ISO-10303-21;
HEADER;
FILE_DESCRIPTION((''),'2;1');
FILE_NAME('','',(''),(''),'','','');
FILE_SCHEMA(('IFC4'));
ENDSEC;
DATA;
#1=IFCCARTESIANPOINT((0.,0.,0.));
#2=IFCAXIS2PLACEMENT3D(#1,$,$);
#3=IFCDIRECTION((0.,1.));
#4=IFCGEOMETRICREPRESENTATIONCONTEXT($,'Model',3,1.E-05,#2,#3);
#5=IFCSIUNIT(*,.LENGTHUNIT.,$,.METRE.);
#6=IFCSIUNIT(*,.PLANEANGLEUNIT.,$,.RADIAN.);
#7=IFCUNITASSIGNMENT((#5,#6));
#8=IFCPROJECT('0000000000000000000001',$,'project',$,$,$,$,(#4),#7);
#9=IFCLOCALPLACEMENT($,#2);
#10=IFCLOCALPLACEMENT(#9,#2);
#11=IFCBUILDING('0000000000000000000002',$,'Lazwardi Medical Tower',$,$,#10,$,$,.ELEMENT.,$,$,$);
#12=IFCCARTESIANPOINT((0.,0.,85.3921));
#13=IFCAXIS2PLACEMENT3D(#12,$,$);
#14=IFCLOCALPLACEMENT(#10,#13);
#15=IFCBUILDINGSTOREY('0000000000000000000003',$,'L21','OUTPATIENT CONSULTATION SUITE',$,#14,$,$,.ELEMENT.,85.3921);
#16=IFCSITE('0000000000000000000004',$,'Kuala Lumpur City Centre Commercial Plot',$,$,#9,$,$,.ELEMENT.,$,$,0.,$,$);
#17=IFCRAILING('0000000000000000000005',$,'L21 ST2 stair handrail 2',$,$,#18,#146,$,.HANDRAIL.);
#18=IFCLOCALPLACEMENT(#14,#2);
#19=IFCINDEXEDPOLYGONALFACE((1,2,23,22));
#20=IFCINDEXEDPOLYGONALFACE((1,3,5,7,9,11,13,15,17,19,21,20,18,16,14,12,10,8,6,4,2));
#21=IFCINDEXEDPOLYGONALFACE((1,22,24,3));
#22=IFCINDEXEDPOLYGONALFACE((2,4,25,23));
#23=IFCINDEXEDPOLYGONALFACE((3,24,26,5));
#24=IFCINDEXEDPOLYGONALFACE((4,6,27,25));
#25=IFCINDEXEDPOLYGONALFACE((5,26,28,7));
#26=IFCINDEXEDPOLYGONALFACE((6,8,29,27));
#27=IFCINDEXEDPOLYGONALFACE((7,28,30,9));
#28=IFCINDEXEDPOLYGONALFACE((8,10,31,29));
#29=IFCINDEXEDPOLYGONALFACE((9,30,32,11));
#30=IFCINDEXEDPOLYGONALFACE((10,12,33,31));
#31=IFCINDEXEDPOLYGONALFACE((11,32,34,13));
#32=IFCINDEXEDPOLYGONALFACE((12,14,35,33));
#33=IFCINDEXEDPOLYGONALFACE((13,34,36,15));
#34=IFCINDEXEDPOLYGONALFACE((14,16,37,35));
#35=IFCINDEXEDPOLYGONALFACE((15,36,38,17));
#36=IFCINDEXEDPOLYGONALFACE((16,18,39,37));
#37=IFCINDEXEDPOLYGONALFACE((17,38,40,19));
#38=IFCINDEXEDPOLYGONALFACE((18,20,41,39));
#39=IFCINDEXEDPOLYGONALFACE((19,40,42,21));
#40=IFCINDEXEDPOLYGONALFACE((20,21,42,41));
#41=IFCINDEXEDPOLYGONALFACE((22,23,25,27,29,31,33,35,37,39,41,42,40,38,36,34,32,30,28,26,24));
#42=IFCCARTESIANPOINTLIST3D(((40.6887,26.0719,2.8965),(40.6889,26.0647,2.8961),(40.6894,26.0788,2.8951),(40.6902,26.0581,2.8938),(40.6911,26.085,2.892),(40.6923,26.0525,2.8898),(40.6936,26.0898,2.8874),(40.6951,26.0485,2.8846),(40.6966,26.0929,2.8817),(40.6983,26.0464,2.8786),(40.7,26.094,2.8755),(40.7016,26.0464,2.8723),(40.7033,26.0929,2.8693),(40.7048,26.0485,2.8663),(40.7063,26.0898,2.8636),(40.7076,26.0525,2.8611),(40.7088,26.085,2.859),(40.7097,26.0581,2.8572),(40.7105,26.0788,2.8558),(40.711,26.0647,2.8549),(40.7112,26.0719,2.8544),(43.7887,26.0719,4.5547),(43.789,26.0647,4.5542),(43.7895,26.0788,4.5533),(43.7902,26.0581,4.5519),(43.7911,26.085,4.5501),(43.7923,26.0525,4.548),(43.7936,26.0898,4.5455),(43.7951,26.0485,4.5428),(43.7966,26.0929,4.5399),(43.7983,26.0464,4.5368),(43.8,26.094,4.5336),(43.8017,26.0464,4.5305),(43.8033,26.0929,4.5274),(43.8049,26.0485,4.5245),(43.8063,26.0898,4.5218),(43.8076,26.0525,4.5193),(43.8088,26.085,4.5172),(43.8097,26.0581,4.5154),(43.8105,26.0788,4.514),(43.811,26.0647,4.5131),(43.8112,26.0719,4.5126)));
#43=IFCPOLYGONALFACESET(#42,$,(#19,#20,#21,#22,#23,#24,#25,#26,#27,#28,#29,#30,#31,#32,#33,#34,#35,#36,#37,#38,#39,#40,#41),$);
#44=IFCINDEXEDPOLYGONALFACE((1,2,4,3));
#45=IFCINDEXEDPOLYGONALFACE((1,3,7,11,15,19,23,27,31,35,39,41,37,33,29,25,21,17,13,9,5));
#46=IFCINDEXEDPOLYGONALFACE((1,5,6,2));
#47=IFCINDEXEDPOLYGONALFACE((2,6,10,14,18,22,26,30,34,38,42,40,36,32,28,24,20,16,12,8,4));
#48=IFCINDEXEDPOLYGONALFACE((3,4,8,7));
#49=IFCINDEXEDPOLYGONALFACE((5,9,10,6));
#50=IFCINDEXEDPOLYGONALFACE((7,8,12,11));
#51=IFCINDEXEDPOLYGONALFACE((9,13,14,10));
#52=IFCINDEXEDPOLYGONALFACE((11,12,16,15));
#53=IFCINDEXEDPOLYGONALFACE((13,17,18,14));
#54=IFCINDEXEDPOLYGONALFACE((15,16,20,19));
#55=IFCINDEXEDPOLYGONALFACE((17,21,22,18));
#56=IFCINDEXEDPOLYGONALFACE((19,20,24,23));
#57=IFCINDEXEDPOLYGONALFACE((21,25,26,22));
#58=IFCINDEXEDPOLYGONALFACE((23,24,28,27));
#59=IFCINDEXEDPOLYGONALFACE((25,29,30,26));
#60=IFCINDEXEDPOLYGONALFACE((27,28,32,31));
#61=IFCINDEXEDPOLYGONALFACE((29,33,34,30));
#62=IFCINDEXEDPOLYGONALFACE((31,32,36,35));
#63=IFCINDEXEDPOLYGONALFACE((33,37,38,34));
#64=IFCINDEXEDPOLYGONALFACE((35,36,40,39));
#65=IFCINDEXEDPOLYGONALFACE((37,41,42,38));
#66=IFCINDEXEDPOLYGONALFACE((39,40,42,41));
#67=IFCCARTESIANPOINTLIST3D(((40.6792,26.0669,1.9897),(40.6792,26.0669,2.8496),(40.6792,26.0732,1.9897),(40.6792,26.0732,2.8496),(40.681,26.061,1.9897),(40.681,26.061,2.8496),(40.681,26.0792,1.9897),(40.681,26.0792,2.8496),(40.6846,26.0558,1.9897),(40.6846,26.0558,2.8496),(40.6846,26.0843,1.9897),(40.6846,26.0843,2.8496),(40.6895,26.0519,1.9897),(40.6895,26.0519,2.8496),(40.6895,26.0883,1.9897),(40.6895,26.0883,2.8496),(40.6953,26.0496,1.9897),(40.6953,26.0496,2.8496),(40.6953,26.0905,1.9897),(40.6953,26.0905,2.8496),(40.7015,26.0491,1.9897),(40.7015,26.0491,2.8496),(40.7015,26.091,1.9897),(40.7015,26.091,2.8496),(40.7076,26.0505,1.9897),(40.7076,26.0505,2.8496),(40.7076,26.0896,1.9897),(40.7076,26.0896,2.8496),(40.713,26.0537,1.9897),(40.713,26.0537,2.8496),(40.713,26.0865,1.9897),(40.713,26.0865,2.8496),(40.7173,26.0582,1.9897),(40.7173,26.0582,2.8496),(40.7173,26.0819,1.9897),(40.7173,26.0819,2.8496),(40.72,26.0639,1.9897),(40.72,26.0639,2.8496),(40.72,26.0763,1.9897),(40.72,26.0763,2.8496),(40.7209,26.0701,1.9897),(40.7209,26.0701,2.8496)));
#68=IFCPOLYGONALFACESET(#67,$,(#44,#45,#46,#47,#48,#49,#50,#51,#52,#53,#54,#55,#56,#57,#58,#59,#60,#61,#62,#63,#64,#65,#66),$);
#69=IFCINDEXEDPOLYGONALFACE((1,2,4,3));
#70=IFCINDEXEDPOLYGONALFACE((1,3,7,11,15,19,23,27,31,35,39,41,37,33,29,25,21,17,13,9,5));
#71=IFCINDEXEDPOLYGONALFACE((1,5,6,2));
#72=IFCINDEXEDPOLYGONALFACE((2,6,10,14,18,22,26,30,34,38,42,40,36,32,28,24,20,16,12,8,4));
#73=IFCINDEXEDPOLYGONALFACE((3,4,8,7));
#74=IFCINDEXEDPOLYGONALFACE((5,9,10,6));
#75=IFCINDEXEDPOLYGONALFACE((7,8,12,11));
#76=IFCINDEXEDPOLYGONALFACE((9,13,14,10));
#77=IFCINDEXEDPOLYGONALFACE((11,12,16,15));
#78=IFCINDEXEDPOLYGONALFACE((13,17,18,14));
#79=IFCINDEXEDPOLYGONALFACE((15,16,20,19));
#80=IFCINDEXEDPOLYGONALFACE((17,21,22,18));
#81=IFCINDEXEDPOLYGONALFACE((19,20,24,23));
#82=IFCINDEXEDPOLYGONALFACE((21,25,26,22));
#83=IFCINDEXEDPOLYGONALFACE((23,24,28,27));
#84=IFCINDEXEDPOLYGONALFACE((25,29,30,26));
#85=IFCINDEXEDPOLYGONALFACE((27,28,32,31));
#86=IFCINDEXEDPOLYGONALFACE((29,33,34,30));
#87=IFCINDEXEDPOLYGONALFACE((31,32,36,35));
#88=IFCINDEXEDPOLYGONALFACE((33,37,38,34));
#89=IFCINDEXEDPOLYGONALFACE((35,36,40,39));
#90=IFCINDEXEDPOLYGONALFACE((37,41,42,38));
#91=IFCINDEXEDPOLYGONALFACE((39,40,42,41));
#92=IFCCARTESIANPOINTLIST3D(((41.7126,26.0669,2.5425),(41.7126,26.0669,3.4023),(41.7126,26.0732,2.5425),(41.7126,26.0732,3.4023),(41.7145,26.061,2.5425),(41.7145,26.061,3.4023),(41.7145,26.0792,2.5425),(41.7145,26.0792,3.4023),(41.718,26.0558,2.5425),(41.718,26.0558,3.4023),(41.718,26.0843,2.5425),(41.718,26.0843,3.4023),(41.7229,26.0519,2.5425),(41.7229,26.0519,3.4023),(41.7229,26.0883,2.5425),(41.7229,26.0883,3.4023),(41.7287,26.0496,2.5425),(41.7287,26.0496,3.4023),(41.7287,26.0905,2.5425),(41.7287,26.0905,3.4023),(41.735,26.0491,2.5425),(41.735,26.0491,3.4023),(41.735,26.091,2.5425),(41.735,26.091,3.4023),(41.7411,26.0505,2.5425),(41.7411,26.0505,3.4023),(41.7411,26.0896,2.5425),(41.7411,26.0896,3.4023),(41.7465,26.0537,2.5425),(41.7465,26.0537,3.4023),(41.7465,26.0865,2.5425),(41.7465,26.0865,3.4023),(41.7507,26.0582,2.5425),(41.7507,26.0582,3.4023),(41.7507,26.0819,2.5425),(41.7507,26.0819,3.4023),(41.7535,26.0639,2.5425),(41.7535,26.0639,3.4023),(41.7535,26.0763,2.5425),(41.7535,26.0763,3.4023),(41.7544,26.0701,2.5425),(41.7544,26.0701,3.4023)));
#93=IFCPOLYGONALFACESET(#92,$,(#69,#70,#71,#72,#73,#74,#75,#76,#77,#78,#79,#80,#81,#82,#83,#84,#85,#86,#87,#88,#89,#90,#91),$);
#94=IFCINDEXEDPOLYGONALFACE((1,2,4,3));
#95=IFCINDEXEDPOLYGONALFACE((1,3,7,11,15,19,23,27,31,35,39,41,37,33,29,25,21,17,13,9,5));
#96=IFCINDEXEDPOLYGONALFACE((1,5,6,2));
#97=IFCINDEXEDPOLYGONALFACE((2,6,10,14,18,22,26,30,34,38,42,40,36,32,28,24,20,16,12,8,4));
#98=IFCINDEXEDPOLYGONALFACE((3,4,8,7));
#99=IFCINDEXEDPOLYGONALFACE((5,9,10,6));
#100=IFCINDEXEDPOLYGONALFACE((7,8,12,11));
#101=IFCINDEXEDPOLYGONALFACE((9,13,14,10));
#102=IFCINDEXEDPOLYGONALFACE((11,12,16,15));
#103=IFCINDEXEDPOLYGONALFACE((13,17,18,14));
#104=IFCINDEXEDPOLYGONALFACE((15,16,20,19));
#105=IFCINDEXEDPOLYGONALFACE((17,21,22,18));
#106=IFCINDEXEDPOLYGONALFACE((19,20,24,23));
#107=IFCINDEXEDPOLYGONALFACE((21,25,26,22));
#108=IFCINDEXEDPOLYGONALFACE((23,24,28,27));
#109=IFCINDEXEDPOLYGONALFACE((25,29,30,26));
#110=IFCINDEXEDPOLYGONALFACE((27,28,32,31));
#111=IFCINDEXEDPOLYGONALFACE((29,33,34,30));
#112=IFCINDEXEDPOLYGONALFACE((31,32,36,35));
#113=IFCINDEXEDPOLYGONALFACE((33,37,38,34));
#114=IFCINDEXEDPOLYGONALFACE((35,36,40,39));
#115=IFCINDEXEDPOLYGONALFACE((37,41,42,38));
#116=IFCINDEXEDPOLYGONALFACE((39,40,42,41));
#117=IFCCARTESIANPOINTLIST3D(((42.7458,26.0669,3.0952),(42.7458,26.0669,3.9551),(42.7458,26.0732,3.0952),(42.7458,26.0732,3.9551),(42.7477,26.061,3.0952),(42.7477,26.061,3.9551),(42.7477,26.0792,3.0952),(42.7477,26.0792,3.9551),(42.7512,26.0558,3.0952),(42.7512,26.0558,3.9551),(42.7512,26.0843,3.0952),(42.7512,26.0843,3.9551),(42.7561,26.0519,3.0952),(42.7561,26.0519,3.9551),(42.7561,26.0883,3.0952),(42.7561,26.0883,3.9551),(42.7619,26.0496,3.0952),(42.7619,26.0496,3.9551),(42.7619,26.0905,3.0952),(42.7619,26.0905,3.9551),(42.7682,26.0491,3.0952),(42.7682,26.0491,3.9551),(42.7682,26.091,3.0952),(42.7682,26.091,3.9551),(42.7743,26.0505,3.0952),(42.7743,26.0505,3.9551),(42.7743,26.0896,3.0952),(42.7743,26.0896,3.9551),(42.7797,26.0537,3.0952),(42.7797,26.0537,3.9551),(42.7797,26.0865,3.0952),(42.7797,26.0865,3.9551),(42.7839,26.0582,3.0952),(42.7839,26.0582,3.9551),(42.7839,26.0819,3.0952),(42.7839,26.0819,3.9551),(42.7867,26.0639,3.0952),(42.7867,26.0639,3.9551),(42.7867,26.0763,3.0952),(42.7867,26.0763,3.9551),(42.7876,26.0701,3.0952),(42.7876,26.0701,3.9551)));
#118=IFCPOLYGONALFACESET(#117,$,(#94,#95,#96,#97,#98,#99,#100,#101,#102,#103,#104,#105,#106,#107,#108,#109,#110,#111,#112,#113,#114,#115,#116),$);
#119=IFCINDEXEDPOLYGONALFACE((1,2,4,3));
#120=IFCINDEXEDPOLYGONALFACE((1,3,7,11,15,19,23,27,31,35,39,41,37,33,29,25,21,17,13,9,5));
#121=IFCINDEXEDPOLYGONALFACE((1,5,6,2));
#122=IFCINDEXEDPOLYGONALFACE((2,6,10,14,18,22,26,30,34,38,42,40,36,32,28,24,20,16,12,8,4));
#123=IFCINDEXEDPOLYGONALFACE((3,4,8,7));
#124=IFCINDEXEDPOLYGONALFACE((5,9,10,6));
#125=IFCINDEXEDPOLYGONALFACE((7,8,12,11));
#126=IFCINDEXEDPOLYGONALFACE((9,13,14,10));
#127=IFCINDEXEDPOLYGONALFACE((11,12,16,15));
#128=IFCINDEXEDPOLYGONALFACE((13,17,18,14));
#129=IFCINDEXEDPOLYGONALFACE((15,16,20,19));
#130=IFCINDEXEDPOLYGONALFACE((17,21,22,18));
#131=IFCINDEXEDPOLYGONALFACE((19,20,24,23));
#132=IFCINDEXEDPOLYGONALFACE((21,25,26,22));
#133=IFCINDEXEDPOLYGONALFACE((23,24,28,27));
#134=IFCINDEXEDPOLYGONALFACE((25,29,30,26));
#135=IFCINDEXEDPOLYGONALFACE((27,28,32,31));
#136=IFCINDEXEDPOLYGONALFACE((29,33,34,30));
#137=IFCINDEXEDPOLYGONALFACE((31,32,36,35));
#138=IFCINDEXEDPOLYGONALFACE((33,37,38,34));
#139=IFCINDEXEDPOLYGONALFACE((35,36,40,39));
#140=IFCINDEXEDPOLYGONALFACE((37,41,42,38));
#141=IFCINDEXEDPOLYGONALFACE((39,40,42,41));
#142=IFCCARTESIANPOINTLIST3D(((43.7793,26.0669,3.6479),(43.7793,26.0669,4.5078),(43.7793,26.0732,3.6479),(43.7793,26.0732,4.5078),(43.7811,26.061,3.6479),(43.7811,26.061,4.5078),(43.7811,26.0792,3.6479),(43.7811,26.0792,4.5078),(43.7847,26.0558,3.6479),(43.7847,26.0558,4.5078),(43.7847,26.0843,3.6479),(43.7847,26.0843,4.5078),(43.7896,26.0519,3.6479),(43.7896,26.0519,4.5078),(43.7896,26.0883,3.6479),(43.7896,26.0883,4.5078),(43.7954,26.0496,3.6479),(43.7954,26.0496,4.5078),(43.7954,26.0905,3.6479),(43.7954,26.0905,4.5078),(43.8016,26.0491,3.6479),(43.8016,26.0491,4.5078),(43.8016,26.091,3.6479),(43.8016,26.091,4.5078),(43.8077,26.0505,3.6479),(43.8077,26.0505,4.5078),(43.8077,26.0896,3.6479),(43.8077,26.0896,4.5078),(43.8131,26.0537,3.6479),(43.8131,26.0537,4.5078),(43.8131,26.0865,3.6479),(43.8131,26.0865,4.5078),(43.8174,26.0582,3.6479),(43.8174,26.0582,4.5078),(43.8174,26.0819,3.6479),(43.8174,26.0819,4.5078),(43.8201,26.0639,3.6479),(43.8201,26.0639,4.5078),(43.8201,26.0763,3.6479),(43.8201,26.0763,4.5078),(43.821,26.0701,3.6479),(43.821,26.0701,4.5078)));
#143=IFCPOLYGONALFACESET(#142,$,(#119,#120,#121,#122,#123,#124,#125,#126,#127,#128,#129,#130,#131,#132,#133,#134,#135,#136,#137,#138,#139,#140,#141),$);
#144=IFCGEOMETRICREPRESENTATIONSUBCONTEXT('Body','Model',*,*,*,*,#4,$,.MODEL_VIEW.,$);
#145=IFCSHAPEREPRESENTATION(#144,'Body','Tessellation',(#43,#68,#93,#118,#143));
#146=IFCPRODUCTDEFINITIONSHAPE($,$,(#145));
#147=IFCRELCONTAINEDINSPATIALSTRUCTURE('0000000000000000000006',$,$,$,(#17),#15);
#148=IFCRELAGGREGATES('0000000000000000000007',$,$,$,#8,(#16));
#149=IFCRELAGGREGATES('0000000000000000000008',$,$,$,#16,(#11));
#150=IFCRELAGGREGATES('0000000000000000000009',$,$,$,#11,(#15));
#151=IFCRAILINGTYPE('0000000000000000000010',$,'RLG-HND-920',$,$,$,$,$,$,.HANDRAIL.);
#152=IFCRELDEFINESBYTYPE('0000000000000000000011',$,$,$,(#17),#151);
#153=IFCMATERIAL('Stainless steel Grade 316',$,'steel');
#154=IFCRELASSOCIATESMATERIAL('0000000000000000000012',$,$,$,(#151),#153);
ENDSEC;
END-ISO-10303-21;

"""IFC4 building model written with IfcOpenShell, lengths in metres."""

from ifc_helpers import new_model, si_unit, direction, frame, origin, origin_2d, place, context, subcontext, project, spatial, circle, extrude, material, type_object, element, save


model = new_model("IFC4")

# Units and contexts
model_context = context("Model", 3, precision=1e-05, world=origin(), true_north=direction((0.0, 1.0)))
body_context = subcontext(model_context, "Body", "Model", "MODEL_VIEW")
ifc_project = project(units=[si_unit("LENGTHUNIT", "METRE"), si_unit("PLANEANGLEUNIT", "RADIAN")], contexts=[model_context])

# Site, building, storey
site_placement = place(None, origin())
site = spatial("IfcSite", under=ifc_project, at=site_placement, Name="Kuala Lumpur City Centre Commercial Plot", CompositionType="ELEMENT", RefElevation=0.0)
building_placement = place(site_placement, origin())
building = spatial("IfcBuilding", under=site, at=building_placement, Name="Lazwardi Medical Tower", CompositionType="ELEMENT")
storey_placement = place(building_placement, frame((0.0, 0.0, 85.3921)))
storey = spatial("IfcBuildingStorey", under=building, at=storey_placement, Name="L21", Description="OUTPATIENT CONSULTATION SUITE", CompositionType="ELEMENT", Elevation=85.3921)

# Railing
ifc_material_1 = material(Name="Stainless steel Grade 316", Category="steel")
railing_type_1 = type_object("IfcRailingType", Name="RLG-HND-920", PredefinedType="HANDRAIL", material=ifc_material_1)
railing_1_placement = place(storey_placement, frame((40.7, 26.0701, 1.9897)))
element("IfcRailing", 1, at=railing_1_placement, inside=storey, type_object=railing_type_1, Name="L21 ST2 stair handrail 2", PredefinedType="HANDRAIL", context=body_context, shape_type="SweptSolid", body=[
    extrude(circle(Radius=0.0239, at=origin_2d()), frame((0.0, 0.0, 0.8857), z_axis=(0.881783, 0.0, 0.471655), x_axis=(0.0, 1.0, 0.0)), (0.0, 0.0, 1.0), 3.5156),
    extrude(circle(Radius=0.021, at=origin_2d()), origin(), (0.0, 0.0, 1.0), 0.8599),
    extrude(circle(Radius=0.021, at=origin_2d()), frame((1.0334, 0.0, 0.5527)), (0.0, 0.0, 1.0), 0.8599),
    extrude(circle(Radius=0.021, at=origin_2d()), frame((2.0667, 0.0, 1.1055)), (0.0, 0.0, 1.0), 0.8599),
    extrude(circle(Radius=0.021, at=origin_2d()), frame((3.1001, 0.0, 1.6582)), (0.0, 0.0, 1.0), 0.8599),
])

save(model, "model.ifc")
